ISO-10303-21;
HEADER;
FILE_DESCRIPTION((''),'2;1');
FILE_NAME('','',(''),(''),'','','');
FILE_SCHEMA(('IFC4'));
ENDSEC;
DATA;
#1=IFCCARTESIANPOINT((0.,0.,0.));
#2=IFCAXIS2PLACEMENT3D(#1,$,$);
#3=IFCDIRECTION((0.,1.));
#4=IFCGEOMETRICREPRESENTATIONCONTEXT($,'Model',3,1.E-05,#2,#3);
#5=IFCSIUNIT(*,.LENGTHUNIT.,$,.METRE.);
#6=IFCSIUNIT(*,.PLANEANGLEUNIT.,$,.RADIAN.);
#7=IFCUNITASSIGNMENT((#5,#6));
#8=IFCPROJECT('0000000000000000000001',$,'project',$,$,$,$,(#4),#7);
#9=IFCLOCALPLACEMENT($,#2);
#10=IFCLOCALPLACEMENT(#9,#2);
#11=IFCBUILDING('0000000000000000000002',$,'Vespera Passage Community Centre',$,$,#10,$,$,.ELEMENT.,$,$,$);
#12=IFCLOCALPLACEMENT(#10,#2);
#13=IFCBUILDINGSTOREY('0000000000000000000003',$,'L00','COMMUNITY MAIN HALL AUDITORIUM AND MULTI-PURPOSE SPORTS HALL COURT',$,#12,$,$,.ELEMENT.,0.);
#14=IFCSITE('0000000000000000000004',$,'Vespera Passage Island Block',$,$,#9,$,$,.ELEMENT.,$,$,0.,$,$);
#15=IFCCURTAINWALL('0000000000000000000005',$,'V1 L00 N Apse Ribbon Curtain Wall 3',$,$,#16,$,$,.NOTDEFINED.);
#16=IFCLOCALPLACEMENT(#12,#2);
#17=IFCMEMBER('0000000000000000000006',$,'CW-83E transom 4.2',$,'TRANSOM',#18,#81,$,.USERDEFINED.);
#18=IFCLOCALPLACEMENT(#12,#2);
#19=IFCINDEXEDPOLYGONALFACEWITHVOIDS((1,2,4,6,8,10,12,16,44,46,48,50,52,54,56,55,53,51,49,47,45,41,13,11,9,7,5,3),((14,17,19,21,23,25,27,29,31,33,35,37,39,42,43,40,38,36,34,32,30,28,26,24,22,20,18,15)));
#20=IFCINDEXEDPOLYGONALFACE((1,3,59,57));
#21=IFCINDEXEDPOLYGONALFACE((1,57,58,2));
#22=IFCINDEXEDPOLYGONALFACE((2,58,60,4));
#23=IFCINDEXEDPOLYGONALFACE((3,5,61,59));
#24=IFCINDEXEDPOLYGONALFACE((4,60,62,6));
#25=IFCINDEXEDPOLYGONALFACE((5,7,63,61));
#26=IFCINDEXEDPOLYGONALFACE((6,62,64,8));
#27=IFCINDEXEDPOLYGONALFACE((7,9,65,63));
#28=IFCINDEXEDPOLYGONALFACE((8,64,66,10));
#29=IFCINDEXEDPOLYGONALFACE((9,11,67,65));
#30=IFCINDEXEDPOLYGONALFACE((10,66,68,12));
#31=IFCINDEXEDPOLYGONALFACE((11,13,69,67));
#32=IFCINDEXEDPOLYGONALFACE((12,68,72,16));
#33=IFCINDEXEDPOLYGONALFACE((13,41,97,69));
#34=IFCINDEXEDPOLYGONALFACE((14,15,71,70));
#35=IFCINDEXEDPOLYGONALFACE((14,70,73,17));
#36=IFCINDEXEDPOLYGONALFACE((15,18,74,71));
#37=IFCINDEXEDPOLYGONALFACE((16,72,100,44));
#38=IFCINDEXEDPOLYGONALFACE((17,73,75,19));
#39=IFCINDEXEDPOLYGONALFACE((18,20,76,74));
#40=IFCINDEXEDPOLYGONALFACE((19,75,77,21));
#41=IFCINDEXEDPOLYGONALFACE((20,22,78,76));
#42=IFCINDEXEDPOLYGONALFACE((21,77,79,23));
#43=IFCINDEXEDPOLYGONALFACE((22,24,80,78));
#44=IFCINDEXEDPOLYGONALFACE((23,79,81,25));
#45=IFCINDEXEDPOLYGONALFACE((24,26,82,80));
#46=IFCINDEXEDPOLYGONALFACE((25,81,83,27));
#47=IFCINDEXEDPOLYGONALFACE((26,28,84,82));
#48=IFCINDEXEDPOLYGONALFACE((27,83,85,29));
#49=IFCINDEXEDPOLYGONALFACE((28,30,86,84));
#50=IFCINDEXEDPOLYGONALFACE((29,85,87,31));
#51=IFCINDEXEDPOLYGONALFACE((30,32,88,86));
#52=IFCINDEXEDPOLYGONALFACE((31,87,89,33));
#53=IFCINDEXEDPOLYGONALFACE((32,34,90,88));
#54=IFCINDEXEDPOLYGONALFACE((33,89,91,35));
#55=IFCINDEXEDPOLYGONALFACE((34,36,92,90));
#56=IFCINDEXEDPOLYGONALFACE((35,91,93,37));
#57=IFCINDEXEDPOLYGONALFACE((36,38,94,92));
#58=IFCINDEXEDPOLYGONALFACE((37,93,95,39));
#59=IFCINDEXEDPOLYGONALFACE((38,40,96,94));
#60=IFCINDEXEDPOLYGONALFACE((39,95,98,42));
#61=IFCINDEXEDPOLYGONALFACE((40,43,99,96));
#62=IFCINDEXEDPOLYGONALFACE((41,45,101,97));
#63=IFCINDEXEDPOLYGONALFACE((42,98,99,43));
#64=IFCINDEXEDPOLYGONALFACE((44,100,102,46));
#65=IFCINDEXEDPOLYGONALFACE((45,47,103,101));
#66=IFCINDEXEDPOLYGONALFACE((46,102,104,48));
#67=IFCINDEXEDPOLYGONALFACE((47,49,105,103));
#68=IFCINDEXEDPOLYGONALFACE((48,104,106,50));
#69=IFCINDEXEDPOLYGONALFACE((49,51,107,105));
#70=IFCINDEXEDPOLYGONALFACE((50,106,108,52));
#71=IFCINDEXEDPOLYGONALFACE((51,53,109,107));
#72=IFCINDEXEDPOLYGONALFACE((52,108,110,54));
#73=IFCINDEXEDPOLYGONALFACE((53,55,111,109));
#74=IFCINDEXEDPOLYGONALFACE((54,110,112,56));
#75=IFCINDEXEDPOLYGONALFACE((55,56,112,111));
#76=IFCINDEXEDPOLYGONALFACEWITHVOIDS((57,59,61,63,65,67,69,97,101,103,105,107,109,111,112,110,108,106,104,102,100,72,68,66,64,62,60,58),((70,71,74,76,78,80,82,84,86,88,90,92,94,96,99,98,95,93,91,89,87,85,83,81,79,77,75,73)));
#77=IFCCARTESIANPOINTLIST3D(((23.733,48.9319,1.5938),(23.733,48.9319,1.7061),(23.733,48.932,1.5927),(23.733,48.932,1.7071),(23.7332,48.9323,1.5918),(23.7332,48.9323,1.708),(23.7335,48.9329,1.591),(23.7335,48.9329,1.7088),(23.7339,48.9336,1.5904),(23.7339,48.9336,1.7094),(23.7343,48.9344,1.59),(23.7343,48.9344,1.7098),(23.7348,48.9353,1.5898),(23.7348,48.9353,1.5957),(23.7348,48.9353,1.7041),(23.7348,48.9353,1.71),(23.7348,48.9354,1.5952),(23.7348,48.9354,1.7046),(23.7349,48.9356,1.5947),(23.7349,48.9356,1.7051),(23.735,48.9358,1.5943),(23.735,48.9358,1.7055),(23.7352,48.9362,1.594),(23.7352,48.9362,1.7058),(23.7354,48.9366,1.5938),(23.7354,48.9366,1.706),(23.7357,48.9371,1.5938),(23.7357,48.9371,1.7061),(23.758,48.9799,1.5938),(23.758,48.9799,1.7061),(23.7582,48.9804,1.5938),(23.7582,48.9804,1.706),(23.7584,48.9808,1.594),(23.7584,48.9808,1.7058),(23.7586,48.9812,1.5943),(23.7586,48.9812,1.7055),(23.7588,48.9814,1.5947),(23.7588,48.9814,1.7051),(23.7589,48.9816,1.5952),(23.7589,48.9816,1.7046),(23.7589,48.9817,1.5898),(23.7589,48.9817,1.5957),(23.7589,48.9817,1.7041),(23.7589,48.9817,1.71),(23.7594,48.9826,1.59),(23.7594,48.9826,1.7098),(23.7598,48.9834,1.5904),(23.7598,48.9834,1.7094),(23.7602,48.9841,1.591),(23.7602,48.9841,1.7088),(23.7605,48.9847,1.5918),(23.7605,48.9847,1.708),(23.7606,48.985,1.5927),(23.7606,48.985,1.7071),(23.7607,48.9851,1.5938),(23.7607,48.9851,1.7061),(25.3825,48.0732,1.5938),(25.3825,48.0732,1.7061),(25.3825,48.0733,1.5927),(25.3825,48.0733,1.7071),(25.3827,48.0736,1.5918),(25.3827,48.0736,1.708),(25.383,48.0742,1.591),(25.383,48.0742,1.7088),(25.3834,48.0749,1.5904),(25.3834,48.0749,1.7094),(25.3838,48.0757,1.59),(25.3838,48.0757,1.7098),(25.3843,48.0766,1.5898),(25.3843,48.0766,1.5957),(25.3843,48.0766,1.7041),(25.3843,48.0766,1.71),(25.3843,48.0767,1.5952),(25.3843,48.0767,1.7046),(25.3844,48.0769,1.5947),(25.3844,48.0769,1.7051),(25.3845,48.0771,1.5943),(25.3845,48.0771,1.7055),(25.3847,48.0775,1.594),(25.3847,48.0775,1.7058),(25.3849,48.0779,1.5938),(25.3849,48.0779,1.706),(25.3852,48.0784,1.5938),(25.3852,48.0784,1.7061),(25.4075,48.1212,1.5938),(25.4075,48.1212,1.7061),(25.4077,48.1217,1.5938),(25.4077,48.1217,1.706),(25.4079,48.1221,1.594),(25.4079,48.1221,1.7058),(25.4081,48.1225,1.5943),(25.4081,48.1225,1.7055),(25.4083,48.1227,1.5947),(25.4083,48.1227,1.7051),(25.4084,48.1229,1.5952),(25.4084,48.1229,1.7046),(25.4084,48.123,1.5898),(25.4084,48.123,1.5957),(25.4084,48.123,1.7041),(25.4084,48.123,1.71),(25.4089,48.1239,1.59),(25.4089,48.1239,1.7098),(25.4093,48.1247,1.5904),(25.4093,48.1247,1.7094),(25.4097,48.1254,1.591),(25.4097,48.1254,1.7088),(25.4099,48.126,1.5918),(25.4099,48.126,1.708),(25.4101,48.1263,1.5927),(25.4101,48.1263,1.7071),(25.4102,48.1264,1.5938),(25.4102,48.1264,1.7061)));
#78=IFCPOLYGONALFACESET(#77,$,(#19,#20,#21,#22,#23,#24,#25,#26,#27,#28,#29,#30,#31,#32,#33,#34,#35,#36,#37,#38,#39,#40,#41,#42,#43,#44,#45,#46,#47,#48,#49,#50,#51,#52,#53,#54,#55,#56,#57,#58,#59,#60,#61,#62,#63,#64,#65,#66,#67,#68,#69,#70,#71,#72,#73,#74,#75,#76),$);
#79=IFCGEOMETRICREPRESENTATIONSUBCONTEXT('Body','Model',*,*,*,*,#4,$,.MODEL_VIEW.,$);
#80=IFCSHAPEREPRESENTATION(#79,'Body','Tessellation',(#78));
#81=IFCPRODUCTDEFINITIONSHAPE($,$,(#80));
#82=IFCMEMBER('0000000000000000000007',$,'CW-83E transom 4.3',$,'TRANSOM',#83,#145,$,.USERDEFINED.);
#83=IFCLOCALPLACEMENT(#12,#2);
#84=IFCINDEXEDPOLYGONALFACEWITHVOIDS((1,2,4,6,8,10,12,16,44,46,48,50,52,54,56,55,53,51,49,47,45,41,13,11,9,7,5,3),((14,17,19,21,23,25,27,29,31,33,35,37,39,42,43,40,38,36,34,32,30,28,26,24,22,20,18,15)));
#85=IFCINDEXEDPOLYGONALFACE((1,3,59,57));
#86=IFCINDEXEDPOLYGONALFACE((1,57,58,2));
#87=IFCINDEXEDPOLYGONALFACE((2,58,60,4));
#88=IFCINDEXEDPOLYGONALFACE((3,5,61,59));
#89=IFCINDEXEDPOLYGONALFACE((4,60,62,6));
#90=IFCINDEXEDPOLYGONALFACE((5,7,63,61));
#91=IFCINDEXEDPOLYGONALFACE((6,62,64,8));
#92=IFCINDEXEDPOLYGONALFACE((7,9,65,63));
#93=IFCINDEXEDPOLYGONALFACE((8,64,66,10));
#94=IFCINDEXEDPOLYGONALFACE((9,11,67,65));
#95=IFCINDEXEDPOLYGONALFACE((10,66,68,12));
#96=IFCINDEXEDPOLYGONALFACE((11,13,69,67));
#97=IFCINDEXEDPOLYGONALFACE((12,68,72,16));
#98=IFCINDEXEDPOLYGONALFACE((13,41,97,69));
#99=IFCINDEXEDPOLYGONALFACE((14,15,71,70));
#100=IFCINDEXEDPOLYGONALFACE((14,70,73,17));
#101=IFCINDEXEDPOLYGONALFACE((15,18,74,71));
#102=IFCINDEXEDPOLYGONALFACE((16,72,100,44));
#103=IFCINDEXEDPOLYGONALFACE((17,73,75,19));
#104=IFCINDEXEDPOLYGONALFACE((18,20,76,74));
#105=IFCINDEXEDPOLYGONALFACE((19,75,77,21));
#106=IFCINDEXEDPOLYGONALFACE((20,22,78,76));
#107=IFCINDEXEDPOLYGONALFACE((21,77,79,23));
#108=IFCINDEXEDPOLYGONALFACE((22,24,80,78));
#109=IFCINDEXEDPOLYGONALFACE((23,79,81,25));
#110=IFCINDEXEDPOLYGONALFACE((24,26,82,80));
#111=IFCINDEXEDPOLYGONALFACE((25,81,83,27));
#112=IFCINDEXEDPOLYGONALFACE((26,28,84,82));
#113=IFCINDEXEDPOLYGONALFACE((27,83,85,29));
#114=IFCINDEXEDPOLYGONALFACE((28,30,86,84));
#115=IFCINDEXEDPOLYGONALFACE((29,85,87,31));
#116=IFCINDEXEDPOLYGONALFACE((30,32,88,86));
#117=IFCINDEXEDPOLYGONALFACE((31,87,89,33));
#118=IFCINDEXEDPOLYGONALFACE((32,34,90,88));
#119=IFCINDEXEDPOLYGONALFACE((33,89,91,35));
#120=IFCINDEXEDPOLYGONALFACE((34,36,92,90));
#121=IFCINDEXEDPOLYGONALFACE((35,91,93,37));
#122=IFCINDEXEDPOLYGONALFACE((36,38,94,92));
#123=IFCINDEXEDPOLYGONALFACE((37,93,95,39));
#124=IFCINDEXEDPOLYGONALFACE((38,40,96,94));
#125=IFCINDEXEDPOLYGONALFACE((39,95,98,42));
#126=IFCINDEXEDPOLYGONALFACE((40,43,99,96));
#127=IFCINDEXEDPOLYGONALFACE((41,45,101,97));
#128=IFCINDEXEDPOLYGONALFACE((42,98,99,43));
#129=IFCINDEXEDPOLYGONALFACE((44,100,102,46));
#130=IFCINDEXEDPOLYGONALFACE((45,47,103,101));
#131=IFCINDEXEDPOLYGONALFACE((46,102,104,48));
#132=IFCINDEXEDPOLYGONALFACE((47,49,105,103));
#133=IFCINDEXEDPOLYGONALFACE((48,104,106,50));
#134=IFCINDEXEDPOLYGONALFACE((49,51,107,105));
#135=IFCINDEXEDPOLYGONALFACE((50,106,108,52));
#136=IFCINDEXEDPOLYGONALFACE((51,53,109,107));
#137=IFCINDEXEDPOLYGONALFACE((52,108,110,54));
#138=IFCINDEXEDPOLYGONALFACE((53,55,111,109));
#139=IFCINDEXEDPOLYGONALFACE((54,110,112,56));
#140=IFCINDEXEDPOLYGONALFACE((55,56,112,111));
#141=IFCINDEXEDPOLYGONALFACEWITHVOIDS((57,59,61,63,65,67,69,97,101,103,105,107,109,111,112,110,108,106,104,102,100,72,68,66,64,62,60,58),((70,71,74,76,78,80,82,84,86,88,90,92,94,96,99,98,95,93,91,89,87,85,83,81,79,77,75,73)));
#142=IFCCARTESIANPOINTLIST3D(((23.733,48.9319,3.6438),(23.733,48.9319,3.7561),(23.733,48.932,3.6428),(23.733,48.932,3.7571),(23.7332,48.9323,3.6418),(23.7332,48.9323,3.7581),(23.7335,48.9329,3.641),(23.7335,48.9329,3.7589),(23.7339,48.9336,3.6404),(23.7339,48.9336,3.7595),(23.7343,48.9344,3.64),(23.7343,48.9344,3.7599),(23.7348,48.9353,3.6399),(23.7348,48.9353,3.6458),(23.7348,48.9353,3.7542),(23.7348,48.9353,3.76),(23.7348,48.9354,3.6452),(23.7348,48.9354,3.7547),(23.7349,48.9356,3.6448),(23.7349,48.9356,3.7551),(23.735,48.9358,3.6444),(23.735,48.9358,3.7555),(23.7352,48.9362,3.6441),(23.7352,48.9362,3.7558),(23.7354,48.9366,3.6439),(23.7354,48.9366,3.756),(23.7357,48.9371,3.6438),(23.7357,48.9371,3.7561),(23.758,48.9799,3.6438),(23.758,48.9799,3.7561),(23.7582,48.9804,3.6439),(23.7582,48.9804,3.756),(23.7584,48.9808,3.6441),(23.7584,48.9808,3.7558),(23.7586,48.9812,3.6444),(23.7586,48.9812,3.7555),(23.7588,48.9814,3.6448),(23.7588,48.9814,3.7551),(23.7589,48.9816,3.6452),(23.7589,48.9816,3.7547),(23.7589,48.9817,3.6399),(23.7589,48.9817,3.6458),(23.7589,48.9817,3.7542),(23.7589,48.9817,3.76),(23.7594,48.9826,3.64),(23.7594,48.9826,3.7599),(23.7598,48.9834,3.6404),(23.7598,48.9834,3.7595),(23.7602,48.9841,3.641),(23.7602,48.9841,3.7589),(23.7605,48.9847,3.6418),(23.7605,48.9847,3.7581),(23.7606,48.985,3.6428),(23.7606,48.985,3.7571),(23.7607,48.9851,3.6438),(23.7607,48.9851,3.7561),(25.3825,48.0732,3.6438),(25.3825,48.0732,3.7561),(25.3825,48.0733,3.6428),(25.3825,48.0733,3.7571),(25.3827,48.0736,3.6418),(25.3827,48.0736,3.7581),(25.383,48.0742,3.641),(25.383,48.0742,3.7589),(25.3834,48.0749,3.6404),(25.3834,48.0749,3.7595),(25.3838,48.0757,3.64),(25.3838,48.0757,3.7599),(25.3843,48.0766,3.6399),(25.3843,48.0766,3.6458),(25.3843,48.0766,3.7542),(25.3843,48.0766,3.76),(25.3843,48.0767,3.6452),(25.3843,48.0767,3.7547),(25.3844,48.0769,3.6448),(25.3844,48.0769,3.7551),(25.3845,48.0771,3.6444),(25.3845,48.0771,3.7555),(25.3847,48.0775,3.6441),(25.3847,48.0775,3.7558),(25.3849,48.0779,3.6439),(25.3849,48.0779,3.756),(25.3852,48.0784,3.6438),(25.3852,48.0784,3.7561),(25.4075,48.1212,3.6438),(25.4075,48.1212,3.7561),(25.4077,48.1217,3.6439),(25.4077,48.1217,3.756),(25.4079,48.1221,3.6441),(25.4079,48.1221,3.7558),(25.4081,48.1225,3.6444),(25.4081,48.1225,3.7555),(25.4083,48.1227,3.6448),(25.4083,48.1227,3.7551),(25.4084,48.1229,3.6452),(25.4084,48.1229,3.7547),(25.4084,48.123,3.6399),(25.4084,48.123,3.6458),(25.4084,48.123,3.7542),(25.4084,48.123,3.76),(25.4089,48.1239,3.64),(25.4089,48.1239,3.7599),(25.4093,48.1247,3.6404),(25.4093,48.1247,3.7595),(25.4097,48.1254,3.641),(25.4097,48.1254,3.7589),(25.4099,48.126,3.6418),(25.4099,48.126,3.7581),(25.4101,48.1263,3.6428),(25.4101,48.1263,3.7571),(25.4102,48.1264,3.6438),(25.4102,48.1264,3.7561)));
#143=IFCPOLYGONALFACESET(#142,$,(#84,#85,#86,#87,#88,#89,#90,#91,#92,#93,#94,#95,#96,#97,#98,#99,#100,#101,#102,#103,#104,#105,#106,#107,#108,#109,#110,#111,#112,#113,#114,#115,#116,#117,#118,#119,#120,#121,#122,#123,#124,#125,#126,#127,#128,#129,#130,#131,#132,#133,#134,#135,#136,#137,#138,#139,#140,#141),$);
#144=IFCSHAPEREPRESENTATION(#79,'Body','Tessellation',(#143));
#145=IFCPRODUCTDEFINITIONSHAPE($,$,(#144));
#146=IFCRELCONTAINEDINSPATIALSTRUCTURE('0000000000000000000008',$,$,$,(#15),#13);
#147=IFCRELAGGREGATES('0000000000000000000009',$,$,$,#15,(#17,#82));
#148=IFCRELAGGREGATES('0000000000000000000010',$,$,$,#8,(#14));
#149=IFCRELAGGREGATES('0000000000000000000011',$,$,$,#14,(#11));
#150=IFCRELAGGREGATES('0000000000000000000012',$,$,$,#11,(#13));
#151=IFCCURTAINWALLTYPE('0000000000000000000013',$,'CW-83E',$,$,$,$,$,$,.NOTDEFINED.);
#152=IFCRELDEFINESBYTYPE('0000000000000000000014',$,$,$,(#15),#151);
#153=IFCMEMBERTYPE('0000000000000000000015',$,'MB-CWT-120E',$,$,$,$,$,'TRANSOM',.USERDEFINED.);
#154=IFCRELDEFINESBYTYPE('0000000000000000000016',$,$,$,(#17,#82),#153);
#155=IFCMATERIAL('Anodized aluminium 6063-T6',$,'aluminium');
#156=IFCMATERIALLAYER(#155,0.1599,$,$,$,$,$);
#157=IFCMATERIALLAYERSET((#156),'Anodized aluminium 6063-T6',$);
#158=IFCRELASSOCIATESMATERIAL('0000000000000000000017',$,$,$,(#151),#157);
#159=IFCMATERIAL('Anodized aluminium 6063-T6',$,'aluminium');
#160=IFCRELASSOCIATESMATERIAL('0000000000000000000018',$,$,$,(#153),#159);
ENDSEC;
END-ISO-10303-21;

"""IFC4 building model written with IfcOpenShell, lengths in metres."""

from ifc_helpers import new_model, si_unit, direction, frame, origin, origin_2d, place, context, subcontext, project, spatial, hollow_rectangle, extrude, material, layer, layer_set, material_profile, profile_set, type_object, element, aggregate, save


model = new_model("IFC4")

# Units and contexts
model_context = context("Model", 3, precision=1e-05, world=origin(), true_north=direction((0.0, 1.0)))
body_context = subcontext(model_context, "Body", "Model", "MODEL_VIEW")
ifc_project = project(units=[si_unit("LENGTHUNIT", "METRE"), si_unit("PLANEANGLEUNIT", "RADIAN")], contexts=[model_context])

# Site, building, storey
site_placement = place(None, origin())
site = spatial("IfcSite", under=ifc_project, at=site_placement, Name="Vespera Passage Island Block", CompositionType="ELEMENT", RefElevation=0.0)
building_placement = place(site_placement, origin())
building = spatial("IfcBuilding", under=site, at=building_placement, Name="Vespera Passage Community Centre", CompositionType="ELEMENT")
storey_placement = place(building_placement, origin())
storey = spatial("IfcBuildingStorey", under=building, at=storey_placement, Name="L00", Description="COMMUNITY MAIN HALL AUDITORIUM AND MULTI-PURPOSE SPORTS HALL COURT", CompositionType="ELEMENT", Elevation=0.0)

# Curtain wall, members
ifc_material_1 = material(Name="Anodized aluminium 6063-T6", Category="aluminium")
ifc_layer_1 = layer(ifc_material_1, 0.1599)
ifc_layer_set_1 = layer_set([ifc_layer_1], Name="Anodized aluminium 6063-T6")
curtain_wall_type = type_object("IfcCurtainWallType", Name="CW-83E", PredefinedType="NOTDEFINED", material=ifc_layer_set_1)
curtain_wall_placement = place(storey_placement, origin())
curtain_wall = element("IfcCurtainWall", 1, at=curtain_wall_placement, inside=storey, type_object=curtain_wall_type, Name="V1 L00 N Apse Ribbon Curtain Wall 3", PredefinedType="NOTDEFINED")
ifc_material_2 = material(Name="Anodized aluminium 6063-T6", Category="aluminium")
ifc_material_profile_1 = material_profile(ifc_material_2, hollow_rectangle(XDim=0.0601, YDim=0.1201, WallThickness=0.0039, InnerFilletRadius=0.002, OuterFilletRadius=0.0039, at=origin_2d()), Name="ALU120X60X4")
ifc_profile_set_1 = profile_set([ifc_material_profile_1], Name="Anodized aluminium 6063-T6")
member_type_1 = type_object("IfcMemberType", Name="MB-CWT-120E", ElementType="TRANSOM", PredefinedType="USERDEFINED", material=ifc_profile_set_1)
member_1_placement = place(storey_placement, frame((23.7468, 48.9585, 1.6499), z_axis=(0.887008, -0.461754, 0.0), x_axis=(0.461754, 0.887008, 0.0)))
member_1 = element("IfcMember", 2, at=member_1_placement, type_object=member_type_1, Name="CW-83E transom 4.2", ObjectType="TRANSOM", PredefinedType="USERDEFINED", context=body_context, shape_type="SweptSolid", body=[
    extrude(hollow_rectangle(XDim=0.0601, YDim=0.1201, WallThickness=0.0039, InnerFilletRadius=0.002, OuterFilletRadius=0.0039, at=origin_2d()), origin(), (0.0, 0.0, 1.0), 1.8596),
])
member_2_placement = place(storey_placement, frame((23.7468, 48.9585, 3.7), z_axis=(0.887008, -0.461754, 0.0), x_axis=(0.461754, 0.887008, 0.0)))
member_2 = element("IfcMember", 3, at=member_2_placement, type_object=member_type_1, Name="CW-83E transom 4.3", ObjectType="TRANSOM", PredefinedType="USERDEFINED", context=body_context, shape_type="SweptSolid", body=[
    extrude(hollow_rectangle(XDim=0.0601, YDim=0.1201, WallThickness=0.0039, InnerFilletRadius=0.002, OuterFilletRadius=0.0039, at=origin_2d()), origin(), (0.0, 0.0, 1.0), 1.8596),
])
aggregate(curtain_wall, [member_1, member_2])

save(model, "model.ifc")
